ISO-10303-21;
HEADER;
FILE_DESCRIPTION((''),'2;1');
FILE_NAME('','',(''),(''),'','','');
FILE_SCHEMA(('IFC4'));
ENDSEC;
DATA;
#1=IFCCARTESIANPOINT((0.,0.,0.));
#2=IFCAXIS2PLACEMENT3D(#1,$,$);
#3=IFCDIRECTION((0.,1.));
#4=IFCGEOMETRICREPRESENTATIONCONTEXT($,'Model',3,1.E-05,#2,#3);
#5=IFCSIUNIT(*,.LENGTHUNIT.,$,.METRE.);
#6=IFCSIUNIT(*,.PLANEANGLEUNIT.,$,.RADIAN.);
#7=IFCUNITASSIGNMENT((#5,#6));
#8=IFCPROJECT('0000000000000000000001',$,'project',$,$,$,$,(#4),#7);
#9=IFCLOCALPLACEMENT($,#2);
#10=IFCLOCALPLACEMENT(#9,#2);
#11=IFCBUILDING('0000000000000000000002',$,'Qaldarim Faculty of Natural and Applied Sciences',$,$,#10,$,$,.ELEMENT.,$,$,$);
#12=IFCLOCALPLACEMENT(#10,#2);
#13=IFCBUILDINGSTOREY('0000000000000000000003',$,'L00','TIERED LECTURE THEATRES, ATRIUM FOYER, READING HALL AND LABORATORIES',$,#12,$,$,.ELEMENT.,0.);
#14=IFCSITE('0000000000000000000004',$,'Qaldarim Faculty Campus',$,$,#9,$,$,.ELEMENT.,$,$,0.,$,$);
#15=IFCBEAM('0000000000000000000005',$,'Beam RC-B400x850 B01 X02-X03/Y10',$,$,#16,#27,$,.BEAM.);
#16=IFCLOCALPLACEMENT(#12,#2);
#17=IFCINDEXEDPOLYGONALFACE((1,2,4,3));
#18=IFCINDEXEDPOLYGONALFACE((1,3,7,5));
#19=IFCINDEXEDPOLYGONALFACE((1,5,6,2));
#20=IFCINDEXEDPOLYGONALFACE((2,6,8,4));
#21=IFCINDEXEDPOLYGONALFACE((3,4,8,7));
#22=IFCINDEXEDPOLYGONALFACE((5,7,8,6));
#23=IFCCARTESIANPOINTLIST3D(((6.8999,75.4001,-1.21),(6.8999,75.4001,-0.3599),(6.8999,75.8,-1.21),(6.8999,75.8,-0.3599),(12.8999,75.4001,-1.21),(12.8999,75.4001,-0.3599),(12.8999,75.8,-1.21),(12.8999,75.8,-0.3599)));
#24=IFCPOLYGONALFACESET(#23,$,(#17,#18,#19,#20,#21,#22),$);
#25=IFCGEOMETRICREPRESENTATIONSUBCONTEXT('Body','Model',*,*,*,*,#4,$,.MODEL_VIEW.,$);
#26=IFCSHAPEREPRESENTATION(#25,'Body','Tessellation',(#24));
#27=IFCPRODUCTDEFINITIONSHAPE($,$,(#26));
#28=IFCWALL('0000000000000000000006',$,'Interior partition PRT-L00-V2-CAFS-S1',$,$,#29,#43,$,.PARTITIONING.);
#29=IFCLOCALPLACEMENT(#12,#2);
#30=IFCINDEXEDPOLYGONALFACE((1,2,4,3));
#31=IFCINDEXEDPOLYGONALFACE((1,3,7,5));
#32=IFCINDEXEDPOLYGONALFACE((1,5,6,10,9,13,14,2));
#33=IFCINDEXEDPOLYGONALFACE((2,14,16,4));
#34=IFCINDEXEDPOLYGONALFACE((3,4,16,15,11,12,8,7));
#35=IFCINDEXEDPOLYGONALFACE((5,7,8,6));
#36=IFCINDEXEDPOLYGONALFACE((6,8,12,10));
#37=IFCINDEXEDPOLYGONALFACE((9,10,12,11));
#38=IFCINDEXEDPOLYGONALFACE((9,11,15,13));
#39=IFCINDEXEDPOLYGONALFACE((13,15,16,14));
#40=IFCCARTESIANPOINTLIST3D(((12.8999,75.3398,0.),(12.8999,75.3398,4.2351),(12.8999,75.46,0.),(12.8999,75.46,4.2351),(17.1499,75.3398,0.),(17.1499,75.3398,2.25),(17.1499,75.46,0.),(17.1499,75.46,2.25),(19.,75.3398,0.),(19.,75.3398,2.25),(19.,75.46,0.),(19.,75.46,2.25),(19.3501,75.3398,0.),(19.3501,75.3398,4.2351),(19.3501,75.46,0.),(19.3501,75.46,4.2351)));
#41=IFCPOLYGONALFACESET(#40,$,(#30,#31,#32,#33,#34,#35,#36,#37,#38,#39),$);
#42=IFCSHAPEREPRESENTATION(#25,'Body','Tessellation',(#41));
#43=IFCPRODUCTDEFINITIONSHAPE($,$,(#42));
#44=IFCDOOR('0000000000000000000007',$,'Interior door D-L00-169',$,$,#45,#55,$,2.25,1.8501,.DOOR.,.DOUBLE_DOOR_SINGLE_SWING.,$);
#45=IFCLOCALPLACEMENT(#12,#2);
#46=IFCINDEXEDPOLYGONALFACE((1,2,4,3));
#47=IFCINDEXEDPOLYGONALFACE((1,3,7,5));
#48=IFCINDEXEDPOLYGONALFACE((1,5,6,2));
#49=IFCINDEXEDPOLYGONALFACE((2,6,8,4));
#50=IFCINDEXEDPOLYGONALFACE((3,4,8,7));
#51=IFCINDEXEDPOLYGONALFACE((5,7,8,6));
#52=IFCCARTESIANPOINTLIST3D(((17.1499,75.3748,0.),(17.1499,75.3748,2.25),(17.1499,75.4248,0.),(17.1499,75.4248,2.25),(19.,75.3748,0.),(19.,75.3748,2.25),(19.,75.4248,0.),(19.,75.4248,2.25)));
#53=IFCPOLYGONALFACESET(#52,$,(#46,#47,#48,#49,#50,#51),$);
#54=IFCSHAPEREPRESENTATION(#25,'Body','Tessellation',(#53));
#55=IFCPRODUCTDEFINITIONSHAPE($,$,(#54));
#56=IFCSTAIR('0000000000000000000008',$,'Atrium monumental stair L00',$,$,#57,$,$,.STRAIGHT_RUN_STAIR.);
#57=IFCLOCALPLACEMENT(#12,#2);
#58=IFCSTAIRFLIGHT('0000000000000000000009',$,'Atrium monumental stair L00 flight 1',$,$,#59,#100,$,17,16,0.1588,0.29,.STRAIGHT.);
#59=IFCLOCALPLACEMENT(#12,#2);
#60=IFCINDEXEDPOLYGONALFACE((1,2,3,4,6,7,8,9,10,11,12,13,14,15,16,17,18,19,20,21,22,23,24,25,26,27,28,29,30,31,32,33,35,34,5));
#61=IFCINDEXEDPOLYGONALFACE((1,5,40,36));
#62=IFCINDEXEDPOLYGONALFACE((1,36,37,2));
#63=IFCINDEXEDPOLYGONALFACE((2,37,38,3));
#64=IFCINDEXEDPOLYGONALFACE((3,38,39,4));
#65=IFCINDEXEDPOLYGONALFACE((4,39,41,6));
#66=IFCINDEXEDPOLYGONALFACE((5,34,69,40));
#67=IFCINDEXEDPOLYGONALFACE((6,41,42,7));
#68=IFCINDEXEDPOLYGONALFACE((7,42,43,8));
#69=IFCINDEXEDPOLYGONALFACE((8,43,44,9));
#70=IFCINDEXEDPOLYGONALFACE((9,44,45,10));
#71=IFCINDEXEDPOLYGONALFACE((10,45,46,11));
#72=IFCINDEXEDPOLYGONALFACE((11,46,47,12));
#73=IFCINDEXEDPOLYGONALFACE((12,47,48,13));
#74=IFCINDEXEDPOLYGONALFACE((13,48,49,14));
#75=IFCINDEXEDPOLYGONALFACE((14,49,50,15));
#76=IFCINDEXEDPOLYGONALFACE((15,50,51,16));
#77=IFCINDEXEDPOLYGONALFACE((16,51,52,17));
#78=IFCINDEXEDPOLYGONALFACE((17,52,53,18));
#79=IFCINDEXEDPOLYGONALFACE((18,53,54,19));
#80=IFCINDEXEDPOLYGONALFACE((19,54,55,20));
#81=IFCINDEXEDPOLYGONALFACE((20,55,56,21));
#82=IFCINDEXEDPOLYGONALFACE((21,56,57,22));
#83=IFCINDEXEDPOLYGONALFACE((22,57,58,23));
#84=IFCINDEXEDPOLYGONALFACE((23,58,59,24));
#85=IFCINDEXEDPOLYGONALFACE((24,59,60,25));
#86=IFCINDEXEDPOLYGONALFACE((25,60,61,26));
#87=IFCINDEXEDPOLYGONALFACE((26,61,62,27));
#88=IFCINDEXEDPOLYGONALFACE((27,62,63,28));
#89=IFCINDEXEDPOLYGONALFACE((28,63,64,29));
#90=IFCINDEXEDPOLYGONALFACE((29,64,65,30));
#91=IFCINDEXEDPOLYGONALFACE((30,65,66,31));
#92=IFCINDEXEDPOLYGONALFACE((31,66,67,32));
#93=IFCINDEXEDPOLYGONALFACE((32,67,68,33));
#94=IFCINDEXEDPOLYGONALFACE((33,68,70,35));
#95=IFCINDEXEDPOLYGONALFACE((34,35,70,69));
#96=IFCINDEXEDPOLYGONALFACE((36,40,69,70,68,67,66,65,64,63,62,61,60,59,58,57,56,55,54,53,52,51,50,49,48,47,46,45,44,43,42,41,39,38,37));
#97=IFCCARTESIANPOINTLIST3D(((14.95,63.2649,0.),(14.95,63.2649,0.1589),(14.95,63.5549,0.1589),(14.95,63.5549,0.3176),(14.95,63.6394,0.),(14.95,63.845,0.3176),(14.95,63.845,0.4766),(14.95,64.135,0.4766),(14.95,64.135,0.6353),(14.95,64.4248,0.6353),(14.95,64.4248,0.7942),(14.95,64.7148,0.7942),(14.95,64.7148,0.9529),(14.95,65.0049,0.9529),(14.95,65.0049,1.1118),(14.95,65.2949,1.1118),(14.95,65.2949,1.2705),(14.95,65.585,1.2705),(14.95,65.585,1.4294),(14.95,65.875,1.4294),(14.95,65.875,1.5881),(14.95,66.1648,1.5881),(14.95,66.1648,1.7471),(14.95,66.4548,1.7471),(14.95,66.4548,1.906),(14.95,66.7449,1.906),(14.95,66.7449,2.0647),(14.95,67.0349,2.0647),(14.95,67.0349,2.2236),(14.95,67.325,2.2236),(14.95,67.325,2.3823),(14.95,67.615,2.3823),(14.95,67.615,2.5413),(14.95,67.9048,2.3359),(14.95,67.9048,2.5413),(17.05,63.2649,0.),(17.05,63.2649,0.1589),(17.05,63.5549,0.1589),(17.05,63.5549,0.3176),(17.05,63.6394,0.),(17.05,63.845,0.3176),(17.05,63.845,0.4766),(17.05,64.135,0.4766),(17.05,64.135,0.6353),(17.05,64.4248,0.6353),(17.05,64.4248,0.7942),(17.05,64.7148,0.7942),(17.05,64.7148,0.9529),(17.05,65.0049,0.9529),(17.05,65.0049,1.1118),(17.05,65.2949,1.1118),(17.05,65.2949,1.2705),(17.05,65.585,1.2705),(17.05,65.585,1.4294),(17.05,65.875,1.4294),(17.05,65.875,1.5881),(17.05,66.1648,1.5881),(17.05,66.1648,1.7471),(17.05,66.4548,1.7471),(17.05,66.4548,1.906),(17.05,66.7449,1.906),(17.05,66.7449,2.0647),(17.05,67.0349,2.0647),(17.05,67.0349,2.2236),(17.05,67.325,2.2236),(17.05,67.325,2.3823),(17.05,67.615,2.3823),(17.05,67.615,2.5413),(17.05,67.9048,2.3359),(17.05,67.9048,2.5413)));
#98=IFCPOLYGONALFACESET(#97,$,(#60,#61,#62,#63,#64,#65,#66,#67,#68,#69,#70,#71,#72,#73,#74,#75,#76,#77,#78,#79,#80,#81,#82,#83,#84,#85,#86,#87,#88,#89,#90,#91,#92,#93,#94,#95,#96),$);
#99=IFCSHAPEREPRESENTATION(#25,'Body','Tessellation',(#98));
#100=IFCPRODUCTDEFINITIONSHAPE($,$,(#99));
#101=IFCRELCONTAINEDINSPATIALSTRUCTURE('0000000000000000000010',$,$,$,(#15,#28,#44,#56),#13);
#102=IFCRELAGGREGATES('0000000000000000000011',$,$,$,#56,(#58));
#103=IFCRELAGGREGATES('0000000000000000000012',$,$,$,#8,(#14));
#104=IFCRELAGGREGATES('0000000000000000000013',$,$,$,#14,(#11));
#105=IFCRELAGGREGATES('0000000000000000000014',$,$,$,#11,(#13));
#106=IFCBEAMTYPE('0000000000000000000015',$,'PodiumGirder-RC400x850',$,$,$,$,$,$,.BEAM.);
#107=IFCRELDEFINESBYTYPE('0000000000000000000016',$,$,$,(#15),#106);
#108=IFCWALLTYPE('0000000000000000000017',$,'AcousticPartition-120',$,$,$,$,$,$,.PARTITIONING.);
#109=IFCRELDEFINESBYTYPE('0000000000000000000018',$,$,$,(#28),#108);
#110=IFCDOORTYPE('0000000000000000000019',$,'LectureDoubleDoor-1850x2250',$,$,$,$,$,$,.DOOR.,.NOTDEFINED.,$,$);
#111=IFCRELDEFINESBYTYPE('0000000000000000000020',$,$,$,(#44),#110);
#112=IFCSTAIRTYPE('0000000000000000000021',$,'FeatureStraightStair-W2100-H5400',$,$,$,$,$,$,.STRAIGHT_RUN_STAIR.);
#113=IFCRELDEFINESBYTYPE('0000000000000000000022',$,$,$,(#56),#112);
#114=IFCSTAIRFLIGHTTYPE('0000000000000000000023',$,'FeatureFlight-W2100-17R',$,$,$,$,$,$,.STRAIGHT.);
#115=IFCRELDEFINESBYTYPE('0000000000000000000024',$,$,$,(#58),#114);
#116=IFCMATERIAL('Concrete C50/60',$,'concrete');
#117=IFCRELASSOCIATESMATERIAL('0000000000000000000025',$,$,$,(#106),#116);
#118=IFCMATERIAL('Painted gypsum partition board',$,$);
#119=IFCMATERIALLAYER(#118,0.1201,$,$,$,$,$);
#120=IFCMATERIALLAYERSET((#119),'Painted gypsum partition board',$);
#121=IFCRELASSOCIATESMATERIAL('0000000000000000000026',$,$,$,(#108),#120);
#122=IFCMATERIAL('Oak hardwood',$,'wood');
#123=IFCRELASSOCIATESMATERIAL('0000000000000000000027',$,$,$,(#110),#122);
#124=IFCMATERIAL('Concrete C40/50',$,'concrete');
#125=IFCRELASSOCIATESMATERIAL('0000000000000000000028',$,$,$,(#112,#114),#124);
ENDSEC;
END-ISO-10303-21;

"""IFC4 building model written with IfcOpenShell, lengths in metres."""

from ifc_helpers import new_model, si_unit, direction, frame, frame_2d, origin, origin_2d, place, context, subcontext, project, spatial, polyline, rectangle, outline, extrude, material, layer, layer_set, material_profile, profile_set, type_object, element, fill, aggregate, save


model = new_model("IFC4")

# Units and contexts
model_context = context("Model", 3, precision=1e-05, world=origin(), true_north=direction((0.0, 1.0)))
body_context = subcontext(model_context, "Body", "Model", "MODEL_VIEW")
ifc_project = project(units=[si_unit("LENGTHUNIT", "METRE"), si_unit("PLANEANGLEUNIT", "RADIAN")], contexts=[model_context])

# Site, building, storey
site_placement = place(None, origin())
site = spatial("IfcSite", under=ifc_project, at=site_placement, Name="Qaldarim Faculty Campus", CompositionType="ELEMENT", RefElevation=0.0)
building_placement = place(site_placement, origin())
building = spatial("IfcBuilding", under=site, at=building_placement, Name="Qaldarim Faculty of Natural and Applied Sciences", CompositionType="ELEMENT")
storey_placement = place(building_placement, origin())
storey = spatial("IfcBuildingStorey", under=building, at=storey_placement, Name="L00", Description="TIERED LECTURE THEATRES, ATRIUM FOYER, READING HALL AND LABORATORIES", CompositionType="ELEMENT", Elevation=0.0)

# Shared definitions
ifc_material_1 = material(Name="Concrete C50/60", Category="concrete")
ifc_material_2 = material(Name="Concrete C40/50", Category="concrete")

# Beam
ifc_material_profile_1 = material_profile(ifc_material_1, rectangle(XDim=0.3999, YDim=0.8501, at=origin_2d()), Name="RC-B400x850")
ifc_profile_set_1 = profile_set([ifc_material_profile_1], Name="Concrete C50/60")
beam_type_1 = type_object("IfcBeamType", Name="PodiumGirder-RC400x850", PredefinedType="BEAM", material=ifc_profile_set_1)
beam_1_placement = place(storey_placement, frame((6.8999, 75.6001, -0.7849), z_axis=(1.0, 0.0, 0.0), x_axis=(0.0, 1.0, 0.0)))
element("IfcBeam", 1, at=beam_1_placement, inside=storey, type_object=beam_type_1, Name="Beam RC-B400x850 B01 X02-X03/Y10", PredefinedType="BEAM", context=body_context, shape_type="SweptSolid", body=[
    extrude(rectangle(XDim=0.3999, YDim=0.8501, at=origin_2d()), origin(), (0.0, 0.0, 1.0), 6.0),
])

# Wall, opening, door
ifc_material_3 = material(Name="Painted gypsum partition board")
ifc_layer = layer(ifc_material_3, 0.1201)
ifc_layer_set = layer_set([ifc_layer], Name="Painted gypsum partition board")
wall_type = type_object("IfcWallType", Name="AcousticPartition-120", PredefinedType="PARTITIONING", material=ifc_layer_set)
wall_placement = place(storey_placement, frame((12.8999, 75.3999, 0.0), z_axis=(0.0, 0.0, 1.0), x_axis=(1.0, 0.0, 0.0)))
wall = element("IfcWall", 2, at=wall_placement, inside=storey, type_object=wall_type, Name="Interior partition PRT-L00-V2-CAFS-S1", PredefinedType="PARTITIONING", context=body_context, shape_type="SweptSolid", body=[
    extrude(rectangle(XDim=6.4502, YDim=0.1201, at=frame_2d((3.2251, 0.0))), origin(), (0.0, 0.0, 1.0), 4.2351),
])
opening_placement = place(wall_placement, frame((4.25, 0.0, 0.0)))
opening = element("IfcOpeningElement", 3, at=opening_placement, cuts=wall, PredefinedType="OPENING", context=body_context, shape_type="SweptSolid", body=[
    extrude(rectangle(XDim=1.8501, YDim=2.25, at=frame_2d((0.925, 1.125))), frame((0.0, 0.0701, 0.0), z_axis=(0.0, -1.0, 0.0), x_axis=(1.0, 0.0, 0.0)), (0.0, 0.0, 1.0), 0.1401),
])
ifc_material_4 = material(Name="Oak hardwood", Category="wood")
door_type = type_object("IfcDoorType", Name="LectureDoubleDoor-1850x2250", OperationType="NOTDEFINED", PredefinedType="DOOR", material=ifc_material_4)
door_placement = place(opening_placement, origin())
door = element("IfcDoor", 4, at=door_placement, inside=storey, type_object=door_type, Name="Interior door D-L00-169", OperationType="DOUBLE_DOOR_SINGLE_SWING", OverallHeight=2.25, OverallWidth=1.8501, PredefinedType="DOOR", context=body_context, shape_type="SweptSolid", body=[
    extrude(rectangle(XDim=1.8501, YDim=2.25, at=frame_2d((0.925, 1.125))), frame((0.0, 0.0249, 0.0), z_axis=(0.0, -1.0, 0.0), x_axis=(1.0, 0.0, 0.0)), (0.0, 0.0, 1.0), 0.05),
])
fill(opening, door)

# Stair, stair flight
stair_type = type_object("IfcStairType", Name="FeatureStraightStair-W2100-H5400", PredefinedType="STRAIGHT_RUN_STAIR", material=ifc_material_2)
stair_placement = place(storey_placement, origin())
stair = element("IfcStair", 5, at=stair_placement, inside=storey, type_object=stair_type, Name="Atrium monumental stair L00", PredefinedType="STRAIGHT_RUN_STAIR")
stair_flight_type = type_object("IfcStairFlightType", Name="FeatureFlight-W2100-17R", PredefinedType="STRAIGHT", material=ifc_material_2)
stair_flight_placement = place(storey_placement, frame((16.0, 63.2649, 0.0), z_axis=(0.0, 0.0, 1.0), x_axis=(0.0, 1.0, 0.0)))
stair_flight = element("IfcStairFlight", 6, at=stair_flight_placement, type_object=stair_flight_type, Name="Atrium monumental stair L00 flight 1", NumberOfRisers=17, NumberOfTreads=16, PredefinedType="STRAIGHT", RiserHeight=0.1588, TreadLength=0.29, context=body_context, shape_type="SweptSolid", body=[
    extrude(outline(polyline([(0.0, 0.0), (0.0, 0.1589), (0.29, 0.1589), (0.29, 0.3176), (0.5801, 0.3176), (0.5801, 0.4766), (0.8701, 0.4766), (0.8701, 0.6353), (1.1599, 0.6353), (1.1599, 0.7942), (1.45, 0.7942), (1.45, 0.9529), (1.74, 0.9529), (1.74, 1.1118), (2.03, 1.1118), (2.03, 1.2705), (2.3201, 1.2705), (2.3201, 1.4294), (2.6101, 1.4294), (2.6101, 1.5881), (2.8999, 1.5881), (2.8999, 1.7471), (3.1899, 1.7471), (3.1899, 1.906), (3.48, 1.906), (3.48, 2.0647), (3.77, 2.0647), (3.77, 2.2236), (4.0601, 2.2236), (4.0601, 2.3823), (4.3501, 2.3823), (4.3501, 2.5413), (4.6399, 2.5413), (4.6399, 2.7), (4.6399, 2.3359), (0.3745, 0.0), (0.0, 0.0)])), frame((0.0, 1.05, 0.0), z_axis=(0.0, -1.0, 0.0), x_axis=(1.0, 0.0, 0.0)), (0.0, 0.0, 1.0), 2.1001),
])
aggregate(stair, [stair_flight])

save(model, "model.ifc")
